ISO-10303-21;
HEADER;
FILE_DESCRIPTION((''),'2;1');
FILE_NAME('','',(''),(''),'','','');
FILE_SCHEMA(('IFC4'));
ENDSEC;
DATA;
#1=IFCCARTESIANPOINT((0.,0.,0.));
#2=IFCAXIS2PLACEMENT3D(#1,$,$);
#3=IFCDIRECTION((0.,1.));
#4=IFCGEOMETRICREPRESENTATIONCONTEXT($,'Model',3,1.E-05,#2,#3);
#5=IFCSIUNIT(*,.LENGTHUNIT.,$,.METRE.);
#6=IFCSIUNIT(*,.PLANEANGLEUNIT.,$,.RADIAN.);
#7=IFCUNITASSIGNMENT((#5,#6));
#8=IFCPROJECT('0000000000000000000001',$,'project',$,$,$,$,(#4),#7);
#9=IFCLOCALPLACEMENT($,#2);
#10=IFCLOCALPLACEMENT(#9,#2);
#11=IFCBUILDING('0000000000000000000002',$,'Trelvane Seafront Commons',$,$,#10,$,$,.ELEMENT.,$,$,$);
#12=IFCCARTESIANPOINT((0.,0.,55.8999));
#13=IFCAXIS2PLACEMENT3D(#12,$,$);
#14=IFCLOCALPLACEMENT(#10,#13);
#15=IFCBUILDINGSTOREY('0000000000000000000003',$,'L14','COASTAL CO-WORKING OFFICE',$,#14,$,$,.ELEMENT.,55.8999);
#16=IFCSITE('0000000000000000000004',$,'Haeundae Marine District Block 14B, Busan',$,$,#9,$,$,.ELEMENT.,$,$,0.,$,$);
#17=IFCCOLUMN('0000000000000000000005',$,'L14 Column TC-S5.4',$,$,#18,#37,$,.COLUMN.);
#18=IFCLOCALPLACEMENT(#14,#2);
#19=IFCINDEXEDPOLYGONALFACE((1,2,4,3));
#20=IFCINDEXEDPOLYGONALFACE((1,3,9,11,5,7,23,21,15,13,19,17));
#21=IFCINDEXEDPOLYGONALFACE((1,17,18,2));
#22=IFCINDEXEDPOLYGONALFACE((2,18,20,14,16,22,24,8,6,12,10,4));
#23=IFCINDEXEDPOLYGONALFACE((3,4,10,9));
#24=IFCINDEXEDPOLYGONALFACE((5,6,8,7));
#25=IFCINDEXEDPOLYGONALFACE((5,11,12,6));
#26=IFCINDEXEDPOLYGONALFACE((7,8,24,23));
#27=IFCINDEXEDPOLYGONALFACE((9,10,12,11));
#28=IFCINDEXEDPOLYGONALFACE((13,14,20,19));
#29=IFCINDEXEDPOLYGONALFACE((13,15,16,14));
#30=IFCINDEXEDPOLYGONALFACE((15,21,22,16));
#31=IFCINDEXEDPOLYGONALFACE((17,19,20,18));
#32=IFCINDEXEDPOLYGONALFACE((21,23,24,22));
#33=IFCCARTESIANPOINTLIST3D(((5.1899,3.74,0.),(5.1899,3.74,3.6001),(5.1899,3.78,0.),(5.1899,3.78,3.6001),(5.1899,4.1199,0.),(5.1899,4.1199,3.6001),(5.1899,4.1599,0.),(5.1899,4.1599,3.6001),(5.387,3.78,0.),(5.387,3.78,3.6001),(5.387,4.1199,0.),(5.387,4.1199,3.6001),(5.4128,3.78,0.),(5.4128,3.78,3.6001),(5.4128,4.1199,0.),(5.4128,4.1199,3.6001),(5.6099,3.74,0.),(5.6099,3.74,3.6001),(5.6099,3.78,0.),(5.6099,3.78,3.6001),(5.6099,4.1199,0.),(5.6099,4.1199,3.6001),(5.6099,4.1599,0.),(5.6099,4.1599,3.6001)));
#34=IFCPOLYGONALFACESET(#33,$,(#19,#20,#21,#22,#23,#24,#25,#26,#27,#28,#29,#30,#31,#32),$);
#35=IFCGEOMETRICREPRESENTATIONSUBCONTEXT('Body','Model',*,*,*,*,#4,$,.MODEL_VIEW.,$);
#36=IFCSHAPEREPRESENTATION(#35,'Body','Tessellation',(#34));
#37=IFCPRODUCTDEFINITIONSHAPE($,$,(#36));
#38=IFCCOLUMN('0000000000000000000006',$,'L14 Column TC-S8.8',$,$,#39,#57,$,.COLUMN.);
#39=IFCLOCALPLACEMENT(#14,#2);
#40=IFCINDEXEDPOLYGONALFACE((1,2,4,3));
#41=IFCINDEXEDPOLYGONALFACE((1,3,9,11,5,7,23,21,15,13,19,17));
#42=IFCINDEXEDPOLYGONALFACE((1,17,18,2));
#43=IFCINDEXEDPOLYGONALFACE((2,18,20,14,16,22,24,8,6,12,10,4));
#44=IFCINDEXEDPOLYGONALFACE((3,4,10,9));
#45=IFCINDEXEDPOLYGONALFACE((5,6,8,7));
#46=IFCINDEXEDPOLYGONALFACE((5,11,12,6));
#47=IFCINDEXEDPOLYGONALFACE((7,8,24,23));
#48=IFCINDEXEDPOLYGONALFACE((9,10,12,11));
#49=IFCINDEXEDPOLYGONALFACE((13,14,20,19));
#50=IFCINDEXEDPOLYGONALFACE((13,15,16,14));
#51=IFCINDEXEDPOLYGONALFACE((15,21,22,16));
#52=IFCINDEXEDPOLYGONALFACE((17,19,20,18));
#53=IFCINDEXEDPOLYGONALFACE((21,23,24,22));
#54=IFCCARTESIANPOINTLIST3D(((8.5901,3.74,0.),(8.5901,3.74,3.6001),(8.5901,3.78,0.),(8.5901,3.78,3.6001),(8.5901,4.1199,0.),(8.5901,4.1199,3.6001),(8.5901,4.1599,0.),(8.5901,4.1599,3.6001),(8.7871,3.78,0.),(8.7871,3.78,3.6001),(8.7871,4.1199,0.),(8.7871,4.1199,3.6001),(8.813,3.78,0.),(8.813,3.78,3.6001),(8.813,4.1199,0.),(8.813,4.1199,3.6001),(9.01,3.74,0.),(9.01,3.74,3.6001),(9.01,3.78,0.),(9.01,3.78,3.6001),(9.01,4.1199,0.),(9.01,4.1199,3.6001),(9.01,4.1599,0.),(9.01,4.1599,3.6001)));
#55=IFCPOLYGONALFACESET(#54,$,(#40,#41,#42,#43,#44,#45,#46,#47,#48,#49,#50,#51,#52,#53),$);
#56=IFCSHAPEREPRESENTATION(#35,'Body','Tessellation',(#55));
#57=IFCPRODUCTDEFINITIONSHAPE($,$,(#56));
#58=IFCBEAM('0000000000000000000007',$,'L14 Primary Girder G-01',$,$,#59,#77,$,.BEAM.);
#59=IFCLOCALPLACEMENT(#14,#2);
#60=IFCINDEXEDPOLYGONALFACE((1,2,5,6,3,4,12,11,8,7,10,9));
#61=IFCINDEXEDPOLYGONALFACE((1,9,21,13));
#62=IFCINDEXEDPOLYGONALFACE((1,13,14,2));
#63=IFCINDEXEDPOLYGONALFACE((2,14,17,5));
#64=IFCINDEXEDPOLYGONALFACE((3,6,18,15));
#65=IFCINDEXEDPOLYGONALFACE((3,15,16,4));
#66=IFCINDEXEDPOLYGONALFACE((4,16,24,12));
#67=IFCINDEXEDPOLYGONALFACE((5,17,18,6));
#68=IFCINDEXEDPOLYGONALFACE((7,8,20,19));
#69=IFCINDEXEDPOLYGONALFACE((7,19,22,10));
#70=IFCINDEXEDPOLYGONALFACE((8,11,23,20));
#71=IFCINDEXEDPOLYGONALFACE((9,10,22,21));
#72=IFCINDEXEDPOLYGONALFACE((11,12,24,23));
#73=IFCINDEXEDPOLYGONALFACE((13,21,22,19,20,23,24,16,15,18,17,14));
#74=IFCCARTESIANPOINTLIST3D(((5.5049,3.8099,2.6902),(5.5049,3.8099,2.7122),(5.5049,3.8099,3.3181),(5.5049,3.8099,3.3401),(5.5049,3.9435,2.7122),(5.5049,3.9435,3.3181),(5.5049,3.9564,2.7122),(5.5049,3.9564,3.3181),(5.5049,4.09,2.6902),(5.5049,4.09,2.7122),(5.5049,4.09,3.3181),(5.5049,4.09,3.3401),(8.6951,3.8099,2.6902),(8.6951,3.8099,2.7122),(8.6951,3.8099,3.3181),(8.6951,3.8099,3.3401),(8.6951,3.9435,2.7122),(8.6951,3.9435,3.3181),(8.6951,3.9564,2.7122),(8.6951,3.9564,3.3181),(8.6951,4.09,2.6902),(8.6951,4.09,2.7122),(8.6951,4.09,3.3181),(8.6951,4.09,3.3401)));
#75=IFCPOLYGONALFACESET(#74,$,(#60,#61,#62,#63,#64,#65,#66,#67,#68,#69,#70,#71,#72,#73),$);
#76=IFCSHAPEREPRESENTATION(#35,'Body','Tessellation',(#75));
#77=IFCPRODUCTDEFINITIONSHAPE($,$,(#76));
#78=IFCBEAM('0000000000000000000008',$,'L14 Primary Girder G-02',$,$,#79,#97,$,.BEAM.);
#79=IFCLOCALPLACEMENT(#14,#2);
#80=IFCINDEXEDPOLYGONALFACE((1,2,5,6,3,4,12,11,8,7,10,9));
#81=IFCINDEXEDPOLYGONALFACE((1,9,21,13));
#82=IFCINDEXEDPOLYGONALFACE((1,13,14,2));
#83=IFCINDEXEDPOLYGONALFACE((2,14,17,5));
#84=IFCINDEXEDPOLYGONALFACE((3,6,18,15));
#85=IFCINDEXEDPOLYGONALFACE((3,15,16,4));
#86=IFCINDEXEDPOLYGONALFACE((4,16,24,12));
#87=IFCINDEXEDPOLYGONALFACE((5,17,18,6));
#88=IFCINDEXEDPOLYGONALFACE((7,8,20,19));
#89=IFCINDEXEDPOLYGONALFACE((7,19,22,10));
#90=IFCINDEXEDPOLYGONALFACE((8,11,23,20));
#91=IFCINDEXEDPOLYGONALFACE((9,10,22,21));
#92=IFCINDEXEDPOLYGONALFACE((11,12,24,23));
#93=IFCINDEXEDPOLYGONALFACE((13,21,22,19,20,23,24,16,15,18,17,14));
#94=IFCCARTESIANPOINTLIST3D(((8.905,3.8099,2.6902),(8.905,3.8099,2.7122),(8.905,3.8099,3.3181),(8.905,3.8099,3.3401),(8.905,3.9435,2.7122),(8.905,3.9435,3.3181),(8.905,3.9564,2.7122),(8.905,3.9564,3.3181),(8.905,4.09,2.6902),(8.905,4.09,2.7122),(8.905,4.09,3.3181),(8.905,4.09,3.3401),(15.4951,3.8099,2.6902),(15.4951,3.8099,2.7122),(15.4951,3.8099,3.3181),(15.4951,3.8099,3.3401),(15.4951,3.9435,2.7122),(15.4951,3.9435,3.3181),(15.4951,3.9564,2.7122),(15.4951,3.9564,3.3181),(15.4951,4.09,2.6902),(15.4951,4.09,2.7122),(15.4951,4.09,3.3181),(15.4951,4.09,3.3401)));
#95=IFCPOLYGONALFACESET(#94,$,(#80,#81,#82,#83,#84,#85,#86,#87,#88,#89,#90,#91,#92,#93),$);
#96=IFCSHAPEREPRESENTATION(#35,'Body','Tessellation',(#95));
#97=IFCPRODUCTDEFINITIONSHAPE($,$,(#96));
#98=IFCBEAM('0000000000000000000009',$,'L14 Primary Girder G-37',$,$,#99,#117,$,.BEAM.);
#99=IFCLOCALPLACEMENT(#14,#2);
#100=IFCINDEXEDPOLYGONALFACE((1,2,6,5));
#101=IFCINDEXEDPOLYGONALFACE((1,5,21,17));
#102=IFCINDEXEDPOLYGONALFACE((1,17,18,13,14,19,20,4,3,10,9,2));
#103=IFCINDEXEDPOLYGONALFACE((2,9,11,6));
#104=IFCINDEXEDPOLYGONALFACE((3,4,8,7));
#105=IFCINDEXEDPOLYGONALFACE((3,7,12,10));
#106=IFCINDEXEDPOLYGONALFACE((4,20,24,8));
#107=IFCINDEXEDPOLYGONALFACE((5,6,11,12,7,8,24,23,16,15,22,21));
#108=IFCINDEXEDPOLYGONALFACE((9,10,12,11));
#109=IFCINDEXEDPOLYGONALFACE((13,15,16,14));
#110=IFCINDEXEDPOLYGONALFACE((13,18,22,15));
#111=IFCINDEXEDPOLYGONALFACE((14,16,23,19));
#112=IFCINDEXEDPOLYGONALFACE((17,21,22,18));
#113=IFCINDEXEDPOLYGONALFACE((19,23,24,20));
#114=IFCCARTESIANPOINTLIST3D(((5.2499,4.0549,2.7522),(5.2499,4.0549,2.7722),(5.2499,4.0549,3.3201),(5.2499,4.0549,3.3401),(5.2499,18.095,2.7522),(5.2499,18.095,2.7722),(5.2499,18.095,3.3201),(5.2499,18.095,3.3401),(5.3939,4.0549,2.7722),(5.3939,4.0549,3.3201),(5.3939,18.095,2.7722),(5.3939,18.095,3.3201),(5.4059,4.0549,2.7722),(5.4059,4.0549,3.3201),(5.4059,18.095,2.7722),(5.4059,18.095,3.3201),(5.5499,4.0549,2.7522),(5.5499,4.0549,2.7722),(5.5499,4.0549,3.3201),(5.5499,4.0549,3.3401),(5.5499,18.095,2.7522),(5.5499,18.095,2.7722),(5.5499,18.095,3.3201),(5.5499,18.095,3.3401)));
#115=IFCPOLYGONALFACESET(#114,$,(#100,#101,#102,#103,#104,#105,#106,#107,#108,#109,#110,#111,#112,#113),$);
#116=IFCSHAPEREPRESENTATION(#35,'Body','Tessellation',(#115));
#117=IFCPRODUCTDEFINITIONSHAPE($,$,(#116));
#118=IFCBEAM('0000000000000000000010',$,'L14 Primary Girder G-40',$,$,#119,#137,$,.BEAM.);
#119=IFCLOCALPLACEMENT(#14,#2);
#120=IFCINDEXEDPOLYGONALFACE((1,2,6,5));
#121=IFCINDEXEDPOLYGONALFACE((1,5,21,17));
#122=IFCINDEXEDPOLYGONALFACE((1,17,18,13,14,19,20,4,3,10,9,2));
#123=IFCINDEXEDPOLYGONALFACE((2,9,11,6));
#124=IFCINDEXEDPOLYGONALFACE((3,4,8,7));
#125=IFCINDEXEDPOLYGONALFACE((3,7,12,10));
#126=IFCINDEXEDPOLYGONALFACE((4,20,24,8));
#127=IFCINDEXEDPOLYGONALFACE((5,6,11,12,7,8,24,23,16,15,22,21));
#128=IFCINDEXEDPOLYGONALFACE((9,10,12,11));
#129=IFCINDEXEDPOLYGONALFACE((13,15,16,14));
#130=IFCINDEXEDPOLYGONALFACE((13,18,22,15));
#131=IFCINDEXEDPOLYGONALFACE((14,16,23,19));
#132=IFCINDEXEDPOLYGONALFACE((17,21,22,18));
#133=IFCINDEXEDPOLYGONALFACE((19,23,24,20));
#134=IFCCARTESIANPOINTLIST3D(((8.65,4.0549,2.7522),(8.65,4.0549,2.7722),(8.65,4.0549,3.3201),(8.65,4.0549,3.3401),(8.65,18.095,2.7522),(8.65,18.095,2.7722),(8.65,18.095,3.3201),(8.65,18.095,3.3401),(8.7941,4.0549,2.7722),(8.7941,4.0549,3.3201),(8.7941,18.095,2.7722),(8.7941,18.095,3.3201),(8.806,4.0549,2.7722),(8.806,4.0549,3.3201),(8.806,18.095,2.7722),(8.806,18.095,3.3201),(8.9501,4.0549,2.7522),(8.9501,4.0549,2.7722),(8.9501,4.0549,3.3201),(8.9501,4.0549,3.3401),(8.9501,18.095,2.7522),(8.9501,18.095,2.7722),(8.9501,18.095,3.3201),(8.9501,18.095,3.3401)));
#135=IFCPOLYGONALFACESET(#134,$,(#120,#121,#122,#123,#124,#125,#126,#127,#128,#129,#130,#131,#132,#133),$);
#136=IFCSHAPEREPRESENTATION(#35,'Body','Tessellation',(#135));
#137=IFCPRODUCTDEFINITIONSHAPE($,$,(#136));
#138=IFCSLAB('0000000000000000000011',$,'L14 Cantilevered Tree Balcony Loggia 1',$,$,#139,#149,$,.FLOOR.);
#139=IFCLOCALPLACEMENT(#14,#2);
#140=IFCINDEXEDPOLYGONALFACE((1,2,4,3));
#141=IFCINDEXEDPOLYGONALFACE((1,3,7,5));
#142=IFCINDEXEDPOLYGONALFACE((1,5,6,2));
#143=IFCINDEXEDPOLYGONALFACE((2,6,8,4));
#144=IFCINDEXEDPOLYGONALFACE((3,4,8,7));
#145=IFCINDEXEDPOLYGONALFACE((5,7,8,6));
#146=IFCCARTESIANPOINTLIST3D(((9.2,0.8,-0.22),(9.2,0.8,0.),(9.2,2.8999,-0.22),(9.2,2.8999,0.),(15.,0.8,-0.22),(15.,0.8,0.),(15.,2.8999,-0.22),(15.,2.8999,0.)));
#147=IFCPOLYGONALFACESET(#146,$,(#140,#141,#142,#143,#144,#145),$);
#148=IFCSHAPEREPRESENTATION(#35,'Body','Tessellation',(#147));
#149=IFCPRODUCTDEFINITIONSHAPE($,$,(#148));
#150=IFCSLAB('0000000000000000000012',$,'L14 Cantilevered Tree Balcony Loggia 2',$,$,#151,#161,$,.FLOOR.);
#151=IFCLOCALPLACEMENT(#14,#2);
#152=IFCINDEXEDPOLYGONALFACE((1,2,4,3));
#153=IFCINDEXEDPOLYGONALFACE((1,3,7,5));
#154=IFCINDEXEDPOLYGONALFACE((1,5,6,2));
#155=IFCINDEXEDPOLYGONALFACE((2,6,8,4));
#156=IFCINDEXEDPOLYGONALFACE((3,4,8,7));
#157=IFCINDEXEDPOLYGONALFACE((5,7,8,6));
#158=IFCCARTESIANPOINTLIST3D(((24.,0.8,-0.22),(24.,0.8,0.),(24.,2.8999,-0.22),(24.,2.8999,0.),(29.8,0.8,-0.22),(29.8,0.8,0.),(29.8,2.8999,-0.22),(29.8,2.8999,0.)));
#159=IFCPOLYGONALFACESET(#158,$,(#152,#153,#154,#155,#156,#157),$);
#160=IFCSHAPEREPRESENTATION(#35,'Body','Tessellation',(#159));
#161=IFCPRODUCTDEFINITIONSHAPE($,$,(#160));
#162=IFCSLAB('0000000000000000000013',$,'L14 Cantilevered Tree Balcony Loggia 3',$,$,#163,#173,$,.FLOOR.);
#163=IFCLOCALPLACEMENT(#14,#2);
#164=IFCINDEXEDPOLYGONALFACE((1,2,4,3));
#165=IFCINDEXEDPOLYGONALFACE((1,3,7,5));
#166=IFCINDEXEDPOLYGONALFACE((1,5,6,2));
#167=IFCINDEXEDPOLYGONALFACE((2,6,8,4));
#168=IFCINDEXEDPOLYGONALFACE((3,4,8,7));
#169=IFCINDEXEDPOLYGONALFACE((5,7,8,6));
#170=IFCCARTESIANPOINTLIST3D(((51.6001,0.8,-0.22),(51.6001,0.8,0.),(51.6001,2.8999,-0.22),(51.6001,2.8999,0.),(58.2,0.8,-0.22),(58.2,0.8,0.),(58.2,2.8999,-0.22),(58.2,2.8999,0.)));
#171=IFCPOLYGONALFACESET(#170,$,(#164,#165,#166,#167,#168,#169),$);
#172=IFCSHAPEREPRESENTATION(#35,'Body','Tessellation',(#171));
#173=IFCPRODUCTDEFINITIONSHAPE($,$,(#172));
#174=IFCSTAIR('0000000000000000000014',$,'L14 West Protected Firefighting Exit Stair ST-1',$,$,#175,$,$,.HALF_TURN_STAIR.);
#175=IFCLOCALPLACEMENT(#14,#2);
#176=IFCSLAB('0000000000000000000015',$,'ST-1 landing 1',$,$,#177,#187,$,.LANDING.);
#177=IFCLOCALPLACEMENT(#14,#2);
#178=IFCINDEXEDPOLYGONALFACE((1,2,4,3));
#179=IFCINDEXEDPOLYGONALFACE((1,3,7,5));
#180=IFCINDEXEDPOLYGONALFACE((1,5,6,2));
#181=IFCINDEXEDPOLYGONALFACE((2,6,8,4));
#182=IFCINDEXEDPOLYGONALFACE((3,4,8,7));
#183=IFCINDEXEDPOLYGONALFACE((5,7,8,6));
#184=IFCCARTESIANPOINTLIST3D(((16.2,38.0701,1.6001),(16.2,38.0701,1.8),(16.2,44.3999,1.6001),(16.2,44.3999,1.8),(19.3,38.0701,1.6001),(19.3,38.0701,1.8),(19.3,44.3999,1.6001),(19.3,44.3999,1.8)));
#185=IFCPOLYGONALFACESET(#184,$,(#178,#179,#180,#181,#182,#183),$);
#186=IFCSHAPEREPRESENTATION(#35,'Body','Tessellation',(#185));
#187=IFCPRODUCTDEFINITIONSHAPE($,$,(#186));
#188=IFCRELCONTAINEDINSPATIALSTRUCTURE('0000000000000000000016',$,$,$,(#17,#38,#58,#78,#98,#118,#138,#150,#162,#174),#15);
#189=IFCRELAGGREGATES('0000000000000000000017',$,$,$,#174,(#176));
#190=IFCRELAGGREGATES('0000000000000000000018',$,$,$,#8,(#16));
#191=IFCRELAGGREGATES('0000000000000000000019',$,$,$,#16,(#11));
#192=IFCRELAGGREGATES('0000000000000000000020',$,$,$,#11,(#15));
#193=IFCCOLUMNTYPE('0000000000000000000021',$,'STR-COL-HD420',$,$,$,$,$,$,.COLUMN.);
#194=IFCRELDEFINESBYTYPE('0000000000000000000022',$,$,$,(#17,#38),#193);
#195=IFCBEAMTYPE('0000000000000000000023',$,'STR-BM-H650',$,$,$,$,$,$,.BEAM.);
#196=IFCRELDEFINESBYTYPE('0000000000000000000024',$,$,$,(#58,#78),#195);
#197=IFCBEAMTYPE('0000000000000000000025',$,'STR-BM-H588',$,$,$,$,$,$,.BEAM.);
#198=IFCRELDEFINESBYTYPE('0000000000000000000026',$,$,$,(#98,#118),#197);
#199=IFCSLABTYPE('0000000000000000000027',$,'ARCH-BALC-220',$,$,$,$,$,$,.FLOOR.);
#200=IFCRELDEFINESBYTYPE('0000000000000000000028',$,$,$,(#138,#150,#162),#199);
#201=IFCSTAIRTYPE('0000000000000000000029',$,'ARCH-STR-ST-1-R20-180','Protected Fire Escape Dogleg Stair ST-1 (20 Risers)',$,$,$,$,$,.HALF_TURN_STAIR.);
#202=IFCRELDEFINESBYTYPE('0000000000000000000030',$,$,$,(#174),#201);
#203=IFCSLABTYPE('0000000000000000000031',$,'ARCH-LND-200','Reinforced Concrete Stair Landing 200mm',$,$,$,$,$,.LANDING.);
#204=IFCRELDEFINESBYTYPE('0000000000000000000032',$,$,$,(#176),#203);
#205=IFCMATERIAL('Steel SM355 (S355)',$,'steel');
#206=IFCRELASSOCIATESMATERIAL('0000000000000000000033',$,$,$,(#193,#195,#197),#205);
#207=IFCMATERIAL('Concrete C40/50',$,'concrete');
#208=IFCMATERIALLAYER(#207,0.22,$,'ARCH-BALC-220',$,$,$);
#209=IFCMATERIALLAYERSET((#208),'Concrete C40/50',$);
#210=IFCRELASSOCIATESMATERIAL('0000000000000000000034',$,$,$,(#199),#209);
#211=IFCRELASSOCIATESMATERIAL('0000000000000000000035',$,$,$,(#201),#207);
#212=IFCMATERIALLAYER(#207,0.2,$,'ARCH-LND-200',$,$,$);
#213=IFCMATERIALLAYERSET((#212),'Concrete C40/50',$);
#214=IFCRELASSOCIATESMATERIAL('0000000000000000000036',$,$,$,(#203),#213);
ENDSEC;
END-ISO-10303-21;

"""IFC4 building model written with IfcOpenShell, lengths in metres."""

from ifc_helpers import new_model, si_unit, direction, frame, origin, origin_2d, place, context, subcontext, project, spatial, polyline, i_section, outline, extrude, source, transform, mapped, material, layer, layer_set, material_profile, profile_set, type_object, element, aggregate, save


model = new_model("IFC4")

# Units and contexts
model_context = context("Model", 3, precision=1e-05, world=origin(), true_north=direction((0.0, 1.0)))
body_context = subcontext(model_context, "Body", "Model", "MODEL_VIEW")
ifc_project = project(units=[si_unit("LENGTHUNIT", "METRE"), si_unit("PLANEANGLEUNIT", "RADIAN")], contexts=[model_context])

# Site, building, storey
site_placement = place(None, origin())
site = spatial("IfcSite", under=ifc_project, at=site_placement, Name="Haeundae Marine District Block 14B, Busan", CompositionType="ELEMENT", RefElevation=0.0)
building_placement = place(site_placement, origin())
building = spatial("IfcBuilding", under=site, at=building_placement, Name="Trelvane Seafront Commons", CompositionType="ELEMENT")
storey_placement = place(building_placement, frame((0.0, 0.0, 55.8999)))
storey = spatial("IfcBuildingStorey", under=building, at=storey_placement, Name="L14", Description="COASTAL CO-WORKING OFFICE", CompositionType="ELEMENT", Elevation=55.8999)

# Columns
ifc_material_1 = material(Name="Steel SM355 (S355)", Category="steel")
ifc_material_profile_1 = material_profile(ifc_material_1, i_section(OverallWidth=0.4199, OverallDepth=0.4199, WebThickness=0.0259, FlangeThickness=0.04, at=origin_2d()), Name="HD-420x420x26x40")
ifc_profile_set_1 = profile_set([ifc_material_profile_1], Name="Steel SM355 (S355)")
column_type = type_object("IfcColumnType", Name="STR-COL-HD420", PredefinedType="COLUMN", material=ifc_profile_set_1)
shared_shape_1 = source(origin(), body_context, "Body", "SweptSolid", [
    extrude(i_section(OverallWidth=0.4199, OverallDepth=0.4199, WebThickness=0.0259, FlangeThickness=0.04, at=origin_2d()), origin(), (0.0, 0.0, 1.0), 3.6001),
])
for number, where, z_axis, x_axis, name in (
    (1, (5.3999, 3.95, 0.0), (0.0, 0.0, 1.0), (1.0, 0.0, 0.0), "L14 Column TC-S5.4"),
    (2, (8.8, 3.95, 0.0), (0.0, 0.0, 1.0), (1.0, 0.0, 0.0), "L14 Column TC-S8.8"),
):
    element("IfcColumn", number, at=place(storey_placement, frame(where, z_axis=z_axis, x_axis=x_axis)), inside=storey, type_object=column_type, Name=name, PredefinedType="COLUMN", context=body_context, shape_type="MappedRepresentation", body=[
        mapped(shared_shape_1, transform((0.0, 0.0, 0.0), x_axis=(1.0, 0.0, 0.0), y_axis=(0.0, 1.0, 0.0), z_axis=(0.0, 0.0, 1.0), scale=1.0)),
    ])

# Beams
ifc_material_profile_2 = material_profile(ifc_material_1, i_section(OverallWidth=0.28, OverallDepth=0.6499, WebThickness=0.0129, FlangeThickness=0.022, at=origin_2d()), Name="H-650x280x13x22")
ifc_profile_set_2 = profile_set([ifc_material_profile_2], Name="Steel SM355 (S355)")
beam_type_1 = type_object("IfcBeamType", Name="STR-BM-H650", PredefinedType="BEAM", material=ifc_profile_set_2)
shared_shape_2 = source(origin(), body_context, "Body", "SweptSolid", [
    extrude(i_section(OverallWidth=0.28, OverallDepth=0.6499, WebThickness=0.0129, FlangeThickness=0.022, at=origin_2d()), origin(), (0.0, 0.0, 1.0), 3.1902),
])
beam_1_placement = place(storey_placement, frame((5.5049, 3.95, 3.0151), z_axis=(1.0, 0.0, 0.0), x_axis=(0.0, 1.0, 0.0)))
element("IfcBeam", 3, at=beam_1_placement, inside=storey, type_object=beam_type_1, Name="L14 Primary Girder G-01", PredefinedType="BEAM", context=body_context, shape_type="MappedRepresentation", body=[
    mapped(shared_shape_2, transform((0.0, 0.0, 0.0), x_axis=(1.0, 0.0, 0.0), y_axis=(0.0, 1.0, 0.0), z_axis=(0.0, 0.0, 1.0), scale=1.0)),
])
shared_shape_3 = source(origin(), body_context, "Body", "SweptSolid", [
    extrude(i_section(OverallWidth=0.28, OverallDepth=0.6499, WebThickness=0.0129, FlangeThickness=0.022, at=origin_2d()), origin(), (0.0, 0.0, 1.0), 6.5901),
])
beam_2_placement = place(storey_placement, frame((8.905, 3.95, 3.0151), z_axis=(1.0, 0.0, 0.0), x_axis=(0.0, 1.0, 0.0)))
element("IfcBeam", 4, at=beam_2_placement, inside=storey, type_object=beam_type_1, Name="L14 Primary Girder G-02", PredefinedType="BEAM", context=body_context, shape_type="MappedRepresentation", body=[
    mapped(shared_shape_3, transform((0.0, 0.0, 0.0), x_axis=(1.0, 0.0, 0.0), y_axis=(0.0, 1.0, 0.0), z_axis=(0.0, 0.0, 1.0), scale=1.0)),
])
ifc_material_profile_3 = material_profile(ifc_material_1, i_section(OverallWidth=0.3, OverallDepth=0.5879, WebThickness=0.012, FlangeThickness=0.02, at=origin_2d()), Name="H-588x300x12x20")
ifc_profile_set_3 = profile_set([ifc_material_profile_3], Name="Steel SM355 (S355)")
beam_type_2 = type_object("IfcBeamType", Name="STR-BM-H588", PredefinedType="BEAM", material=ifc_profile_set_3)
shared_shape_4 = source(origin(), body_context, "Body", "SweptSolid", [
    extrude(i_section(OverallWidth=0.3, OverallDepth=0.5879, WebThickness=0.012, FlangeThickness=0.02, at=origin_2d()), origin(), (0.0, 0.0, 1.0), 14.04),
])
for number, where, z_axis, x_axis, name in (
    (5, (5.3999, 4.0549, 3.0461), (0.0, 1.0, 0.0), (-1.0, 0.0, 0.0), "L14 Primary Girder G-37"),
    (6, (8.8, 4.0549, 3.0461), (0.0, 1.0, 0.0), (-1.0, 0.0, 0.0), "L14 Primary Girder G-40"),
):
    element("IfcBeam", number, at=place(storey_placement, frame(where, z_axis=z_axis, x_axis=x_axis)), inside=storey, type_object=beam_type_2, Name=name, PredefinedType="BEAM", context=body_context, shape_type="MappedRepresentation", body=[
        mapped(shared_shape_4, transform((0.0, 0.0, 0.0), x_axis=(1.0, 0.0, 0.0), y_axis=(0.0, 1.0, 0.0), z_axis=(0.0, 0.0, 1.0), scale=1.0)),
    ])

# Slabs
ifc_material_2 = material(Name="Concrete C40/50", Category="concrete")
ifc_layer_1 = layer(ifc_material_2, 0.22, Name="ARCH-BALC-220")
ifc_layer_set_1 = layer_set([ifc_layer_1], Name="Concrete C40/50")
slab_type_1 = type_object("IfcSlabType", Name="ARCH-BALC-220", PredefinedType="FLOOR", material=ifc_layer_set_1)
slab_1_placement = place(storey_placement, frame((0.0, 0.0, -0.22)))
element("IfcSlab", 7, at=slab_1_placement, inside=storey, type_object=slab_type_1, Name="L14 Cantilevered Tree Balcony Loggia 1", PredefinedType="FLOOR", context=body_context, shape_type="SweptSolid", body=[
    extrude(outline(polyline([(9.2, 0.8), (15.0, 0.8), (15.0, 2.8999), (9.2, 2.8999), (9.2, 0.8)])), origin(), (0.0, 0.0, 1.0), 0.22),
])
slab_2_placement = place(storey_placement, frame((0.0, 0.0, -0.22)))
element("IfcSlab", 8, at=slab_2_placement, inside=storey, type_object=slab_type_1, Name="L14 Cantilevered Tree Balcony Loggia 2", PredefinedType="FLOOR", context=body_context, shape_type="SweptSolid", body=[
    extrude(outline(polyline([(24.0, 0.8), (29.8, 0.8), (29.8, 2.8999), (24.0, 2.8999), (24.0, 0.8)])), origin(), (0.0, 0.0, 1.0), 0.22),
])
slab_3_placement = place(storey_placement, frame((0.0, 0.0, -0.22)))
element("IfcSlab", 9, at=slab_3_placement, inside=storey, type_object=slab_type_1, Name="L14 Cantilevered Tree Balcony Loggia 3", PredefinedType="FLOOR", context=body_context, shape_type="SweptSolid", body=[
    extrude(outline(polyline([(51.6001, 0.8), (58.2, 0.8), (58.2, 2.8999), (51.6001, 2.8999), (51.6001, 0.8)])), origin(), (0.0, 0.0, 1.0), 0.22),
])

# Stair, slab
stair_type_1 = type_object("IfcStairType", Name="ARCH-STR-ST-1-R20-180", Description="Protected Fire Escape Dogleg Stair ST-1 (20 Risers)", PredefinedType="HALF_TURN_STAIR", material=ifc_material_2)
stair_1_placement = place(storey_placement, origin())
stair_1 = element("IfcStair", 10, at=stair_1_placement, inside=storey, type_object=stair_type_1, Name="L14 West Protected Firefighting Exit Stair ST-1", PredefinedType="HALF_TURN_STAIR")
ifc_layer_2 = layer(ifc_material_2, 0.2, Name="ARCH-LND-200")
ifc_layer_set_2 = layer_set([ifc_layer_2], Name="Concrete C40/50")
slab_type_2 = type_object("IfcSlabType", Name="ARCH-LND-200", Description="Reinforced Concrete Stair Landing 200mm", PredefinedType="LANDING", material=ifc_layer_set_2)
slab_4_placement = place(storey_placement, frame((0.0, 0.0, 1.6001)))
slab_4 = element("IfcSlab", 11, at=slab_4_placement, type_object=slab_type_2, Name="ST-1 landing 1", PredefinedType="LANDING", context=body_context, shape_type="SweptSolid", body=[
    extrude(outline(polyline([(19.3, 38.0701), (19.3, 44.3999), (16.2, 44.3999), (16.2, 38.0701), (19.3, 38.0701)])), origin(), (0.0, 0.0, 1.0), 0.2),
])
aggregate(stair_1, [slab_4])

save(model, "model.ifc")
